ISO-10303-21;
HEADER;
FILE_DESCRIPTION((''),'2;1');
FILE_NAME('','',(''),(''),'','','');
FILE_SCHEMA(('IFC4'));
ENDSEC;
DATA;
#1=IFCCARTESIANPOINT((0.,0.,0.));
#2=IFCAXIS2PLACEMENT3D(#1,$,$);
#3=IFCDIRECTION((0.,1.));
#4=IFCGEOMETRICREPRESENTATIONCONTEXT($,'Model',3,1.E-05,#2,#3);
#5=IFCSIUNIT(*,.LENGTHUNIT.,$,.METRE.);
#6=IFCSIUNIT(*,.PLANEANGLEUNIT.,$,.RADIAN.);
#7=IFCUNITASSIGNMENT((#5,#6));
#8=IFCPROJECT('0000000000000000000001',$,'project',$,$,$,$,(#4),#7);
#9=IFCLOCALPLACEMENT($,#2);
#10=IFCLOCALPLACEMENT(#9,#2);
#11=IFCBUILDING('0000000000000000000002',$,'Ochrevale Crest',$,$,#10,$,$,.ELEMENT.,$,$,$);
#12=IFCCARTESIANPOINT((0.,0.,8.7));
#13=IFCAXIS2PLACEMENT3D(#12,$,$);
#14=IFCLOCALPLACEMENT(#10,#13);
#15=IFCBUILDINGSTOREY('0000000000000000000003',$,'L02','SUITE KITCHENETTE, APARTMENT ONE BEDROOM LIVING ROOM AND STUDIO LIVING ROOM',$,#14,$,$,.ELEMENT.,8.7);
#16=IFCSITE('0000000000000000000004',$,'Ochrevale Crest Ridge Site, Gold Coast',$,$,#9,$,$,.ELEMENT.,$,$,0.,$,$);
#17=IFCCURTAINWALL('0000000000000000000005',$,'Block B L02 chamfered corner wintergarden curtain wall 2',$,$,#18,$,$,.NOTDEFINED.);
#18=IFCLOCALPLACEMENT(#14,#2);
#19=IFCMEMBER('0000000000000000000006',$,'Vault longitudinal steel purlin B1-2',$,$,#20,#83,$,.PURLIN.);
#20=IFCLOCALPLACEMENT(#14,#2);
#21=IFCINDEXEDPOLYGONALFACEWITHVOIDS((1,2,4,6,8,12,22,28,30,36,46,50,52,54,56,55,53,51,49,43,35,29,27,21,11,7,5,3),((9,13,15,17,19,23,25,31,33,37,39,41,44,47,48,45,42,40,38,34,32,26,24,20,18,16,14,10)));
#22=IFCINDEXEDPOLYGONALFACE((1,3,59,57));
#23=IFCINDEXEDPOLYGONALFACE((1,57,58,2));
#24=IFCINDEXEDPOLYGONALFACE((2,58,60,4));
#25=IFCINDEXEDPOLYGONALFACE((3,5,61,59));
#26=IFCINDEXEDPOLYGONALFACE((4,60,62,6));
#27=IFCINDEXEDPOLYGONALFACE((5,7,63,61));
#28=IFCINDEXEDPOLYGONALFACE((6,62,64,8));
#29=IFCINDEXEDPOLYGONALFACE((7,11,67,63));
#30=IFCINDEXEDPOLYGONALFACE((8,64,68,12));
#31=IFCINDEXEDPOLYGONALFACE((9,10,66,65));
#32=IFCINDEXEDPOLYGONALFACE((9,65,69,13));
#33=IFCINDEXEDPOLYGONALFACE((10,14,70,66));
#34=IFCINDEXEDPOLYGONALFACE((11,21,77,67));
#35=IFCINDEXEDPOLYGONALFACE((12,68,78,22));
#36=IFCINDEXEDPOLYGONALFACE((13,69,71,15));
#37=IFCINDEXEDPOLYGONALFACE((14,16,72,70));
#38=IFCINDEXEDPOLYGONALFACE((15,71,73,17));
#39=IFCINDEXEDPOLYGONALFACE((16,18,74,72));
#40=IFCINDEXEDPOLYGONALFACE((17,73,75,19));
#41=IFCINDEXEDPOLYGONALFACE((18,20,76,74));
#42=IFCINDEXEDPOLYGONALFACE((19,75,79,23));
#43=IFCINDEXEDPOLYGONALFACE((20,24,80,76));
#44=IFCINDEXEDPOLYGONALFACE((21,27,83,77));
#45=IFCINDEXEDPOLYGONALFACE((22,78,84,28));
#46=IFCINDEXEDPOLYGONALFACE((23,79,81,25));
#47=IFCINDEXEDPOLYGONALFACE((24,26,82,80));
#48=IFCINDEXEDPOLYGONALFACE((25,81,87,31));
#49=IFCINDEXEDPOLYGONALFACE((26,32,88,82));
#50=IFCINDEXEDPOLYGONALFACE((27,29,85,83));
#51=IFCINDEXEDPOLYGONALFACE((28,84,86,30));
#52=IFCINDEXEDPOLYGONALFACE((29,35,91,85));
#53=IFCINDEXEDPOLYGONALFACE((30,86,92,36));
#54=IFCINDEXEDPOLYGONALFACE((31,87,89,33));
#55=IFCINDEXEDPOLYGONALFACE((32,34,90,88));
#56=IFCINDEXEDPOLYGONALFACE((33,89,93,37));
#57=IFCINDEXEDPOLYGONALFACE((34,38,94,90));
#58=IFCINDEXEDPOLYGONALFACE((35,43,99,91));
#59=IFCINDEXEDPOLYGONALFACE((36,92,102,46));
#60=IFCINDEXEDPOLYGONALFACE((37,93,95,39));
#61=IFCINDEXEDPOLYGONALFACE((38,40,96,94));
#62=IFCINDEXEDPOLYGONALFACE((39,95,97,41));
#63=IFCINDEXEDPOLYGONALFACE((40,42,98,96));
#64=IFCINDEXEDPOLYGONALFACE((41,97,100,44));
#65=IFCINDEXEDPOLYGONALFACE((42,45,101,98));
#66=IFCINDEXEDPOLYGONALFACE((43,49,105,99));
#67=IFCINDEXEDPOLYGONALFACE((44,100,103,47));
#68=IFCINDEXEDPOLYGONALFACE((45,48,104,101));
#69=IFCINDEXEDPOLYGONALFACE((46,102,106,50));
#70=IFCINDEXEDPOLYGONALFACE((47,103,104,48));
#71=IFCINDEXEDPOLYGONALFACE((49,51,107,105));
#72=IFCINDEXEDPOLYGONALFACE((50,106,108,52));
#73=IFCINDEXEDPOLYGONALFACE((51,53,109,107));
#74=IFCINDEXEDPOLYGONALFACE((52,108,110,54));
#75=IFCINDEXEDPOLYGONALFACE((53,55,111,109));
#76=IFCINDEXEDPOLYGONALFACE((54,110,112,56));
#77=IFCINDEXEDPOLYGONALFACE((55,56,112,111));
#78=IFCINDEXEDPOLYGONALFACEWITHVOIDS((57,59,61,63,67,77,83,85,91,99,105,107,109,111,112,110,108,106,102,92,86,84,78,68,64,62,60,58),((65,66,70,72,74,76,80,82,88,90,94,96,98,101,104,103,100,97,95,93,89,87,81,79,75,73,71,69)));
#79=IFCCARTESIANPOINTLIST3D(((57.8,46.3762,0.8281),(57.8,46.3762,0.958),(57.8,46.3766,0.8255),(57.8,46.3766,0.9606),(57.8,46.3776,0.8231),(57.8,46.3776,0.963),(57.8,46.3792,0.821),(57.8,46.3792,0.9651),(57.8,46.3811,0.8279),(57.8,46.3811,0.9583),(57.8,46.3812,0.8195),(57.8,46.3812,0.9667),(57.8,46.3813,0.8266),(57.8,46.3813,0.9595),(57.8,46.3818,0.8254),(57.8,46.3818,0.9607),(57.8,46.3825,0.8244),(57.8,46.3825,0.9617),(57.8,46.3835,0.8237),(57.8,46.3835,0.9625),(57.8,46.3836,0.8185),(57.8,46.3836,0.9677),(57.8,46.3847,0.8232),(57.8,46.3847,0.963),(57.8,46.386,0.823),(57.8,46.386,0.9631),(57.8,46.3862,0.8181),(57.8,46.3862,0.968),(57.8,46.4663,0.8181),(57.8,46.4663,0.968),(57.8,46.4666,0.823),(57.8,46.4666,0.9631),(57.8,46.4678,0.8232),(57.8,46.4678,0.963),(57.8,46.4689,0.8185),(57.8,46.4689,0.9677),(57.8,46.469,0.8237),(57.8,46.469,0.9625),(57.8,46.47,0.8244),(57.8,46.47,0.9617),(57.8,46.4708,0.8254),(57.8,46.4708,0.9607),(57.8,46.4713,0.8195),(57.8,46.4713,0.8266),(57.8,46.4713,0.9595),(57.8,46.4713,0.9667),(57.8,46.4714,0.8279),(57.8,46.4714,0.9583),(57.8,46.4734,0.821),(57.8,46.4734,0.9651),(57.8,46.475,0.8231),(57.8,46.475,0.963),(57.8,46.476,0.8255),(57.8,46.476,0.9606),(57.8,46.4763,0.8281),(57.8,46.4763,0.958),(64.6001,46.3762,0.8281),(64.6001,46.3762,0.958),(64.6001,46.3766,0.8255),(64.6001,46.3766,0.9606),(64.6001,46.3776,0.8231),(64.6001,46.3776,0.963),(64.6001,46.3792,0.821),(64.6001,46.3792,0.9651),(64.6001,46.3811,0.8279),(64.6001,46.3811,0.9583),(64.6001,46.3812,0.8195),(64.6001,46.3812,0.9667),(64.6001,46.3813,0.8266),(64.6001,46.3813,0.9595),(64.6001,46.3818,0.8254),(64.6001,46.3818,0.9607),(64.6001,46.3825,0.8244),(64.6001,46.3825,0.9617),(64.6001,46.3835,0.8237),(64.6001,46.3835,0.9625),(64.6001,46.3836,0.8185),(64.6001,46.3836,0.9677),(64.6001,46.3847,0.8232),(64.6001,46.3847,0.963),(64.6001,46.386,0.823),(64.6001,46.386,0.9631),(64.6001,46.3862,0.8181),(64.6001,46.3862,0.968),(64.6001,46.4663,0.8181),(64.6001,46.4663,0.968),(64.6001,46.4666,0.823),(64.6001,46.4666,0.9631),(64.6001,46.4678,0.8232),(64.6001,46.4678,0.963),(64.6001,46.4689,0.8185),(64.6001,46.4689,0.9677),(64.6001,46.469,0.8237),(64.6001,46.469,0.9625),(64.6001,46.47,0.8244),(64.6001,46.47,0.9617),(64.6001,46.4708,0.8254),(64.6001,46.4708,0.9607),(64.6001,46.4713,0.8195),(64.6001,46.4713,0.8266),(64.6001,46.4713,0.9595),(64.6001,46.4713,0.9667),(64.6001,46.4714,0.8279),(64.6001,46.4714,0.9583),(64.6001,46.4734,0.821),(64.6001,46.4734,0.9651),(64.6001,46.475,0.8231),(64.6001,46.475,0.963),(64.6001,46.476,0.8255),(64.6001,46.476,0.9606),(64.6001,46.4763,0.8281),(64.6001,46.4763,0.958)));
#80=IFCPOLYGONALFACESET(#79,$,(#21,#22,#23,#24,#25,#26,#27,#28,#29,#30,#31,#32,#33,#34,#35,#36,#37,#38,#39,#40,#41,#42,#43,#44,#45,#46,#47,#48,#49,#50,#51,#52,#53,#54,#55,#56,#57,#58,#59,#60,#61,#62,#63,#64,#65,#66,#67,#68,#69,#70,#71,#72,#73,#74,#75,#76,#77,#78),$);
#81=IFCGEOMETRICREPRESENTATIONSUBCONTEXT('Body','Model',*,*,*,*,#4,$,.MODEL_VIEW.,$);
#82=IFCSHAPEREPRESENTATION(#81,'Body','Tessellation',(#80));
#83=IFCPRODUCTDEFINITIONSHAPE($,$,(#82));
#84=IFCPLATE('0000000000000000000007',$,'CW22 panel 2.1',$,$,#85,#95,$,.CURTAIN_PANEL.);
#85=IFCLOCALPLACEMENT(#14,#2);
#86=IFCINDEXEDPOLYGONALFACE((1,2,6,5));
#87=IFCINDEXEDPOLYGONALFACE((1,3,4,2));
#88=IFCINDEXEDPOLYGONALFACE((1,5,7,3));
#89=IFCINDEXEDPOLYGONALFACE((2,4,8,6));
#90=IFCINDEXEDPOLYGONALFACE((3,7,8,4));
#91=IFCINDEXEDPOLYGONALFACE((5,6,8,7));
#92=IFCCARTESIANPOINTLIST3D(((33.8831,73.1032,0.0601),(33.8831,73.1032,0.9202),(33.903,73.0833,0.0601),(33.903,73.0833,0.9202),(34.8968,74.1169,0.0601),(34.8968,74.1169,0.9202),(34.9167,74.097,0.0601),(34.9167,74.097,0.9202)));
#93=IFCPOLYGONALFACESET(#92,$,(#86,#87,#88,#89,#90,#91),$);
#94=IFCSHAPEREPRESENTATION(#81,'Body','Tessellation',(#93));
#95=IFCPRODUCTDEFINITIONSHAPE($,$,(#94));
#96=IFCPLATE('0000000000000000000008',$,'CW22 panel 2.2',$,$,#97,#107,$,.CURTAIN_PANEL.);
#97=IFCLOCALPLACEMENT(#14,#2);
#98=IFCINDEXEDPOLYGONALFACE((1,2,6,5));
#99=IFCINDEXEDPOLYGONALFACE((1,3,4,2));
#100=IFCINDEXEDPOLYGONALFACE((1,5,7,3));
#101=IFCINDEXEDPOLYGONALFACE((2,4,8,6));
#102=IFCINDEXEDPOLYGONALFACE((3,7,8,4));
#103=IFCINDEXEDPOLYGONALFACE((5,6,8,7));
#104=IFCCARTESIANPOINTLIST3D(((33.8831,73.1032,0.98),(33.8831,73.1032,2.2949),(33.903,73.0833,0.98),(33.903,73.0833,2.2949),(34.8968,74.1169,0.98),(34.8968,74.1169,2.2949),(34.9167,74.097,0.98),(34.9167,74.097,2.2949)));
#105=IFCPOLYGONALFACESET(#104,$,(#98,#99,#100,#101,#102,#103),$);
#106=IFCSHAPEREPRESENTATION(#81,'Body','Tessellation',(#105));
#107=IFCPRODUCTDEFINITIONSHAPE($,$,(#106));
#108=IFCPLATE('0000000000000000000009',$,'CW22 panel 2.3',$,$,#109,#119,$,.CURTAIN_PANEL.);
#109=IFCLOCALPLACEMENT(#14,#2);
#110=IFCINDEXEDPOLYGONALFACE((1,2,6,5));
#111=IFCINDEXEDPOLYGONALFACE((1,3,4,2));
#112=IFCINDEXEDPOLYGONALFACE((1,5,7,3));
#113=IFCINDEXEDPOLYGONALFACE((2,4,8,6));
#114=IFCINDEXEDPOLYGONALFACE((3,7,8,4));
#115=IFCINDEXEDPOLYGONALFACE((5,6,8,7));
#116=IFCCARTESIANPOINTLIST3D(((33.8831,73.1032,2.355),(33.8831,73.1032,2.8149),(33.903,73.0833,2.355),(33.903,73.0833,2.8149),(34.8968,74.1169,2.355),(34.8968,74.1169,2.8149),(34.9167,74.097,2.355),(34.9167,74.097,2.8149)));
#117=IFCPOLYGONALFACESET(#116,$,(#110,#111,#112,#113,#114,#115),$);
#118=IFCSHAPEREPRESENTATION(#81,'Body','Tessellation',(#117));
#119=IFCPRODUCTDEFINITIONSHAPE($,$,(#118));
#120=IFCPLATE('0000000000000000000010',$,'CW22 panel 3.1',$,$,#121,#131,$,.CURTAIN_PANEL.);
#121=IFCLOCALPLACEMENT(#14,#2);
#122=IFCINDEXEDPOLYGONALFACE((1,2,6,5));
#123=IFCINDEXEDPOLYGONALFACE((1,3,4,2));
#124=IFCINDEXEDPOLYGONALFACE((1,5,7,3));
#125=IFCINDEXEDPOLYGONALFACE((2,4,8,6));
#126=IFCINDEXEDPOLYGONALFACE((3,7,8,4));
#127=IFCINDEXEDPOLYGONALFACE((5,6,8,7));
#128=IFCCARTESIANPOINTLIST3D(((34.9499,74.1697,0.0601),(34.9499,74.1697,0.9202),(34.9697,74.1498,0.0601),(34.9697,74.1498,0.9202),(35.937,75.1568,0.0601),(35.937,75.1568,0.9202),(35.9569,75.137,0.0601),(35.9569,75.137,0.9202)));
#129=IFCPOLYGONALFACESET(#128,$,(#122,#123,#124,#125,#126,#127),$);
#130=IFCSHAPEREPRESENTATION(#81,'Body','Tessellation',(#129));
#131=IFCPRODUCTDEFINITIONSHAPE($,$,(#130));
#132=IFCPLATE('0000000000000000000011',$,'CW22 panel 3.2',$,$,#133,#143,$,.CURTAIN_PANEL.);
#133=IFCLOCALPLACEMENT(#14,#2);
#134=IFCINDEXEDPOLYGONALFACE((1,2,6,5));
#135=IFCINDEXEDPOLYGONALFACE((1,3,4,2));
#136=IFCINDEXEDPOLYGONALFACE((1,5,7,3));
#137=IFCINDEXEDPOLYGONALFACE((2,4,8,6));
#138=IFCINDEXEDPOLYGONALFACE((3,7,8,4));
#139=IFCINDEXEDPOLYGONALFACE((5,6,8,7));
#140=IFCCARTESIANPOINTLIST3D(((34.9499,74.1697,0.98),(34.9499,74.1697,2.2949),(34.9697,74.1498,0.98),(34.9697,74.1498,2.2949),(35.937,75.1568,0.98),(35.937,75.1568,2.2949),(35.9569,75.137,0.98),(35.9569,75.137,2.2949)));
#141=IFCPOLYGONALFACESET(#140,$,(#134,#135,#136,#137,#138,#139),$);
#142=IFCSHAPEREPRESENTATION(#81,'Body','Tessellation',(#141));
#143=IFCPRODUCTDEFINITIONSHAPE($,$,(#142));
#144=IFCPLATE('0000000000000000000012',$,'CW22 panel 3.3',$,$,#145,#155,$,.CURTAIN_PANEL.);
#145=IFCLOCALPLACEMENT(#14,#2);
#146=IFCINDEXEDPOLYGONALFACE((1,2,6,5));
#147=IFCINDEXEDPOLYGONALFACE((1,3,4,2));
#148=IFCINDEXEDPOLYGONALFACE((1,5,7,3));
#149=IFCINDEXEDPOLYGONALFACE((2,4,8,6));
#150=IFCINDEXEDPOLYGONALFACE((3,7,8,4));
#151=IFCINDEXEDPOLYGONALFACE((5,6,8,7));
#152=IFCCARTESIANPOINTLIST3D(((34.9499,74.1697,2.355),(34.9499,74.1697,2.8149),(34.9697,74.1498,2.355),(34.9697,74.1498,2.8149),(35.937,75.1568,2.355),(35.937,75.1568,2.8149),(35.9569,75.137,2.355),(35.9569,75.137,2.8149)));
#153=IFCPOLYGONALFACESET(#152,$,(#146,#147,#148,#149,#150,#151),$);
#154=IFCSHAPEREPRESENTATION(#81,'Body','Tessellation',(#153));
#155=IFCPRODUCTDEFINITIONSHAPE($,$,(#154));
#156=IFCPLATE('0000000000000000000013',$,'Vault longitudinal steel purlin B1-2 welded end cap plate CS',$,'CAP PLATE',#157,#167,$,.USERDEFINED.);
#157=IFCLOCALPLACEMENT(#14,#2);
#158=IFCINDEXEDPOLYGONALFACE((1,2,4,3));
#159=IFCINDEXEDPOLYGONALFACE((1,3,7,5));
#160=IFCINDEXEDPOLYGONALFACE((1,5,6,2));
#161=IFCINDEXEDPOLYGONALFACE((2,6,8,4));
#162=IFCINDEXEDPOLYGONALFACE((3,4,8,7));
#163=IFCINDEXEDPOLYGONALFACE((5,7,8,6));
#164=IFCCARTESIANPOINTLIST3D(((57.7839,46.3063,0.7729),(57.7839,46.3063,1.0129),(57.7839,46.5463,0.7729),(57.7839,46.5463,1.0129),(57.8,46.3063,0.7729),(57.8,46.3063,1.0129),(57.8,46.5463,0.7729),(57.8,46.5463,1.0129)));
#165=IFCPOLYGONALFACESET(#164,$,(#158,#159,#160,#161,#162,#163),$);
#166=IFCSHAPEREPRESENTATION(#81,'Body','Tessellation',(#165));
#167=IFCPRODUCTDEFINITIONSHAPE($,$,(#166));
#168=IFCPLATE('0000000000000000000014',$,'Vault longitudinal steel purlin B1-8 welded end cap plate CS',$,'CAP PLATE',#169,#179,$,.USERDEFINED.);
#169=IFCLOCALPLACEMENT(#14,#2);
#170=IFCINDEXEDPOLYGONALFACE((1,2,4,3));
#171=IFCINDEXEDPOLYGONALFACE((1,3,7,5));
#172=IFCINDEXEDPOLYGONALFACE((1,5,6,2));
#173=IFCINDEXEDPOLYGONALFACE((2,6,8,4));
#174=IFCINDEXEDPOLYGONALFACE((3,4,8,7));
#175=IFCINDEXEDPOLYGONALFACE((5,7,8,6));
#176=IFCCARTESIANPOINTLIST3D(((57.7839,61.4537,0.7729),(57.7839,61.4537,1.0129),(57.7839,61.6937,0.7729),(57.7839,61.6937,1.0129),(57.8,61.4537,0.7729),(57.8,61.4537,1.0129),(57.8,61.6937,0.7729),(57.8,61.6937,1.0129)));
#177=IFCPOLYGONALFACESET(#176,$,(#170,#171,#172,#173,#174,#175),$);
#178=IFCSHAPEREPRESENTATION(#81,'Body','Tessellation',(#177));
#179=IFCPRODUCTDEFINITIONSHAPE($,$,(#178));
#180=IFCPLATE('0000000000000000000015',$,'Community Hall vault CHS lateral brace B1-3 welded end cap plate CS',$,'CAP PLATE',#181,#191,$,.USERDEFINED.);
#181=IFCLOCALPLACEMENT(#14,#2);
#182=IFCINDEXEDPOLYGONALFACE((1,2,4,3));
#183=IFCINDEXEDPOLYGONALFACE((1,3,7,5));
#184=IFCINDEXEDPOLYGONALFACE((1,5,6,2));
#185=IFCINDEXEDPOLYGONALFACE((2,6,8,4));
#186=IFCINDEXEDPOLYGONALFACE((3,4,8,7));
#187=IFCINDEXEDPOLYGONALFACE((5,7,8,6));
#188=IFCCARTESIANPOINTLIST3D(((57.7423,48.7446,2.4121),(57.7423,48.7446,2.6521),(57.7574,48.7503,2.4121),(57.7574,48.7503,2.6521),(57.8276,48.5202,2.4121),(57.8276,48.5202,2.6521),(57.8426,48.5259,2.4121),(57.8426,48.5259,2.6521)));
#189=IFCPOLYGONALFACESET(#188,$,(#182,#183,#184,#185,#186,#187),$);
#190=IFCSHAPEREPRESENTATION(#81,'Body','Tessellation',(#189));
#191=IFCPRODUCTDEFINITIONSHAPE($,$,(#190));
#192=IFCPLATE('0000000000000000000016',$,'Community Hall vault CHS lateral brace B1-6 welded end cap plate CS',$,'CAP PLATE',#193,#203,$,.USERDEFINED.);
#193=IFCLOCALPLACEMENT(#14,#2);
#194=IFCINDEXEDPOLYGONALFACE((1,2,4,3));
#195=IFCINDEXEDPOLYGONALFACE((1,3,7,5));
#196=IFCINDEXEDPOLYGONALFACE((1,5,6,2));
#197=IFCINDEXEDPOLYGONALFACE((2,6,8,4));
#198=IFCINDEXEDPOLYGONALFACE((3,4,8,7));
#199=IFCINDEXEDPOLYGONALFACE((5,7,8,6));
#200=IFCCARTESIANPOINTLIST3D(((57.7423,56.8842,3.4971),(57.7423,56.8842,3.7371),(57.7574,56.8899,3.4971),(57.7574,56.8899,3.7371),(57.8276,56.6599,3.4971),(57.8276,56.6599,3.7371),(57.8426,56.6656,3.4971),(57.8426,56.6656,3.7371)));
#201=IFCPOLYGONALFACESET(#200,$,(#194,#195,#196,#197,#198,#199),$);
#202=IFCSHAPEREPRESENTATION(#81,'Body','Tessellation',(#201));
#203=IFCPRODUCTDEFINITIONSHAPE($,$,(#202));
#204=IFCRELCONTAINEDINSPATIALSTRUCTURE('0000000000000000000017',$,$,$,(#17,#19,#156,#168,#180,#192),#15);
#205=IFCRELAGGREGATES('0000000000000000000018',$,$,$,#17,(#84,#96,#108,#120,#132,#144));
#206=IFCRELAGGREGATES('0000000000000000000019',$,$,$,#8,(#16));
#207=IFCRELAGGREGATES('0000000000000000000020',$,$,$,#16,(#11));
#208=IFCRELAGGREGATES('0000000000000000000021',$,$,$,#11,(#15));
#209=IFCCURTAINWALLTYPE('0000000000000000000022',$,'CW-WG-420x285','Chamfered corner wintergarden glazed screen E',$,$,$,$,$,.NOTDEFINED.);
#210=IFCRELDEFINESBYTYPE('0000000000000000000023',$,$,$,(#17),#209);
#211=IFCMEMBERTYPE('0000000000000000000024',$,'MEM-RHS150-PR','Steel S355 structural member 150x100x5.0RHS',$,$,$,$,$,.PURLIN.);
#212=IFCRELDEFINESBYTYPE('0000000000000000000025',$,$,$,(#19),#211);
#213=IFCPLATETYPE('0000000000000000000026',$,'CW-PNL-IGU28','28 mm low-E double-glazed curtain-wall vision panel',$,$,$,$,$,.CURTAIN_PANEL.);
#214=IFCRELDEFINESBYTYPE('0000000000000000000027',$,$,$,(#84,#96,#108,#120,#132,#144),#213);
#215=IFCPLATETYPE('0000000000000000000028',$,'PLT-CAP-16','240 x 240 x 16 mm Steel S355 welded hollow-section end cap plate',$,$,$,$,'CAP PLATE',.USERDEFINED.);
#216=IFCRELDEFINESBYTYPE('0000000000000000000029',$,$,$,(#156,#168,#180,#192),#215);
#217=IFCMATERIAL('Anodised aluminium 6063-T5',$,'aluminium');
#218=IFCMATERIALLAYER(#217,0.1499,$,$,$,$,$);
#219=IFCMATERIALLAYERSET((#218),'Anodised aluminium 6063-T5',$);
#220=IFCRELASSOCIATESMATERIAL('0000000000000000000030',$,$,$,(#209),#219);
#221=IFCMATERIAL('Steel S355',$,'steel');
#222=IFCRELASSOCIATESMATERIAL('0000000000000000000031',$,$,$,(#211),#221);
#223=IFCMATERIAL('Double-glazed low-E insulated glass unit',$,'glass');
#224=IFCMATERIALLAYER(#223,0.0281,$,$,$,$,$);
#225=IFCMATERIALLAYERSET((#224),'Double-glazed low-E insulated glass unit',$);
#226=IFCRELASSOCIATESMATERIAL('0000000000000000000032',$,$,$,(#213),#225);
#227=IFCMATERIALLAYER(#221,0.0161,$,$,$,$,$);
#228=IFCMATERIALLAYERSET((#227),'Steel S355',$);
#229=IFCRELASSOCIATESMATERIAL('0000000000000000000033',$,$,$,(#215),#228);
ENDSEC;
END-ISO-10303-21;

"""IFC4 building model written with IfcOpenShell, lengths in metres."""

from ifc_helpers import new_model, si_unit, direction, frame, origin, origin_2d, place, context, subcontext, project, spatial, rectangle, hollow_rectangle, extrude, material, layer, layer_set, material_profile, profile_set, type_object, element, aggregate, save


model = new_model("IFC4")

# Units and contexts
model_context = context("Model", 3, precision=1e-05, world=origin(), true_north=direction((0.0, 1.0)))
body_context = subcontext(model_context, "Body", "Model", "MODEL_VIEW")
ifc_project = project(units=[si_unit("LENGTHUNIT", "METRE"), si_unit("PLANEANGLEUNIT", "RADIAN")], contexts=[model_context])

# Site, building, storey
site_placement = place(None, origin())
site = spatial("IfcSite", under=ifc_project, at=site_placement, Name="Ochrevale Crest Ridge Site, Gold Coast", CompositionType="ELEMENT", RefElevation=0.0)
building_placement = place(site_placement, origin())
building = spatial("IfcBuilding", under=site, at=building_placement, Name="Ochrevale Crest", CompositionType="ELEMENT")
storey_placement = place(building_placement, frame((0.0, 0.0, 8.7)))
storey = spatial("IfcBuildingStorey", under=building, at=storey_placement, Name="L02", Description="SUITE KITCHENETTE, APARTMENT ONE BEDROOM LIVING ROOM AND STUDIO LIVING ROOM", CompositionType="ELEMENT", Elevation=8.7)

# Curtain wall
ifc_material_1 = material(Name="Anodised aluminium 6063-T5", Category="aluminium")
ifc_layer_1 = layer(ifc_material_1, 0.1499)
ifc_layer_set_1 = layer_set([ifc_layer_1], Name="Anodised aluminium 6063-T5")
curtain_wall_type = type_object("IfcCurtainWallType", Name="CW-WG-420x285", Description="Chamfered corner wintergarden glazed screen E", PredefinedType="NOTDEFINED", material=ifc_layer_set_1)
curtain_wall_placement = place(storey_placement, origin())
curtain_wall = element("IfcCurtainWall", 1, at=curtain_wall_placement, inside=storey, type_object=curtain_wall_type, Name="Block B L02 chamfered corner wintergarden curtain wall 2", PredefinedType="NOTDEFINED")

# Member
ifc_material_2 = material(Name="Steel S355", Category="steel")
ifc_material_profile_1 = material_profile(ifc_material_2, hollow_rectangle(XDim=0.1001, YDim=0.1499, WallThickness=0.0049, InnerFilletRadius=0.0049, OuterFilletRadius=0.01, at=origin_2d()), Name="150x100x5.0RHS")
ifc_profile_set_1 = profile_set([ifc_material_profile_1], Name="Steel S355")
member_type_1 = type_object("IfcMemberType", Name="MEM-RHS150-PR", Description="Steel S355 structural member 150x100x5.0RHS", PredefinedType="PURLIN", material=ifc_profile_set_1)
member_1_placement = place(storey_placement, frame((57.8, 46.4263, 0.8931), z_axis=(1.0, 0.0, 0.0), x_axis=(0.0, 1.0, 0.0)))
element("IfcMember", 2, at=member_1_placement, inside=storey, type_object=member_type_1, Name="Vault longitudinal steel purlin B1-2", PredefinedType="PURLIN", context=body_context, shape_type="SweptSolid", body=[
    extrude(hollow_rectangle(XDim=0.1001, YDim=0.1499, WallThickness=0.0049, InnerFilletRadius=0.0049, OuterFilletRadius=0.01, at=origin_2d()), origin(), (0.0, 0.0, 1.0), 6.8),
])

# Plates
ifc_material_3 = material(Name="Double-glazed low-E insulated glass unit", Category="glass")
ifc_layer_2 = layer(ifc_material_3, 0.0281)
ifc_layer_set_2 = layer_set([ifc_layer_2], Name="Double-glazed low-E insulated glass unit")
plate_type_1 = type_object("IfcPlateType", Name="CW-PNL-IGU28", Description="28 mm low-E double-glazed curtain-wall vision panel", PredefinedType="CURTAIN_PANEL", material=ifc_layer_set_2)
plate_1_placement = place(storey_placement, frame((34.3999, 73.6001, 0.0601), z_axis=(0.0, 0.0, 1.0), x_axis=(0.707107, 0.707107, 0.0)))
plate_1 = element("IfcPlate", 3, at=plate_1_placement, type_object=plate_type_1, Name="CW22 panel 2.1", PredefinedType="CURTAIN_PANEL", context=body_context, shape_type="SweptSolid", body=[
    extrude(rectangle(XDim=1.4336, YDim=0.0281, at=origin_2d()), origin(), (0.0, 0.0, 1.0), 0.8601),
])
plate_2_placement = place(storey_placement, frame((34.3999, 73.6001, 0.98), z_axis=(0.0, 0.0, 1.0), x_axis=(0.707107, 0.707107, 0.0)))
plate_2 = element("IfcPlate", 4, at=plate_2_placement, type_object=plate_type_1, Name="CW22 panel 2.2", PredefinedType="CURTAIN_PANEL", context=body_context, shape_type="SweptSolid", body=[
    extrude(rectangle(XDim=1.4336, YDim=0.0281, at=origin_2d()), origin(), (0.0, 0.0, 1.0), 1.3149),
])
plate_3_placement = place(storey_placement, frame((34.3999, 73.6001, 2.355), z_axis=(0.0, 0.0, 1.0), x_axis=(0.707107, 0.707107, 0.0)))
plate_3 = element("IfcPlate", 5, at=plate_3_placement, type_object=plate_type_1, Name="CW22 panel 2.3", PredefinedType="CURTAIN_PANEL", context=body_context, shape_type="SweptSolid", body=[
    extrude(rectangle(XDim=1.4336, YDim=0.0281, at=origin_2d()), origin(), (0.0, 0.0, 1.0), 0.46),
])
plate_4_placement = place(storey_placement, frame((35.4534, 74.6533, 0.0601), z_axis=(0.0, 0.0, 1.0), x_axis=(0.707107, 0.707107, 0.0)))
plate_4 = element("IfcPlate", 6, at=plate_4_placement, type_object=plate_type_1, Name="CW22 panel 3.1", PredefinedType="CURTAIN_PANEL", context=body_context, shape_type="SweptSolid", body=[
    extrude(rectangle(XDim=1.396, YDim=0.0281, at=origin_2d()), origin(), (0.0, 0.0, 1.0), 0.8601),
])
plate_5_placement = place(storey_placement, frame((35.4534, 74.6533, 0.98), z_axis=(0.0, 0.0, 1.0), x_axis=(0.707107, 0.707107, 0.0)))
plate_5 = element("IfcPlate", 7, at=plate_5_placement, type_object=plate_type_1, Name="CW22 panel 3.2", PredefinedType="CURTAIN_PANEL", context=body_context, shape_type="SweptSolid", body=[
    extrude(rectangle(XDim=1.396, YDim=0.0281, at=origin_2d()), origin(), (0.0, 0.0, 1.0), 1.3149),
])
plate_6_placement = place(storey_placement, frame((35.4534, 74.6533, 2.355), z_axis=(0.0, 0.0, 1.0), x_axis=(0.707107, 0.707107, 0.0)))
plate_6 = element("IfcPlate", 8, at=plate_6_placement, type_object=plate_type_1, Name="CW22 panel 3.3", PredefinedType="CURTAIN_PANEL", context=body_context, shape_type="SweptSolid", body=[
    extrude(rectangle(XDim=1.396, YDim=0.0281, at=origin_2d()), origin(), (0.0, 0.0, 1.0), 0.46),
])
aggregate(curtain_wall, [plate_1, plate_2, plate_3, plate_4, plate_5, plate_6])

# Plates
ifc_layer_3 = layer(ifc_material_2, 0.0161)
ifc_layer_set_3 = layer_set([ifc_layer_3], Name="Steel S355")
plate_type_2 = type_object("IfcPlateType", Name="PLT-CAP-16", Description="240 x 240 x 16 mm Steel S355 welded hollow-section end cap plate", ElementType="CAP PLATE", PredefinedType="USERDEFINED", material=ifc_layer_set_3)
for number, where, z_axis, x_axis, name in (
    (9, (57.792, 46.4263, 0.7729), (0.0, 0.0, 1.0), (1.0, 0.0, 0.0), "Vault longitudinal steel purlin B1-2 welded end cap plate CS"),
    (10, (57.792, 61.5737, 0.7729), (0.0, 0.0, 1.0), (1.0, 0.0, 0.0), "Vault longitudinal steel purlin B1-8 welded end cap plate CS"),
    (11, (57.7925, 48.6353, 2.4121), (0.0, 0.0, 1.0), (0.934764, 0.35527, 0.0), "Community Hall vault CHS lateral brace B1-3 welded end cap plate CS"),
    (12, (57.7925, 56.7749, 3.4971), (0.0, 0.0, 1.0), (0.934764, 0.35527, 0.0), "Community Hall vault CHS lateral brace B1-6 welded end cap plate CS"),
):
    element("IfcPlate", number, at=place(storey_placement, frame(where, z_axis=z_axis, x_axis=x_axis)), inside=storey, type_object=plate_type_2, Name=name, ObjectType="CAP PLATE", PredefinedType="USERDEFINED", context=body_context, shape_type="SweptSolid", body=[
        extrude(rectangle(XDim=0.0161, YDim=0.24, at=origin_2d()), origin(), (0.0, 0.0, 1.0), 0.24),
    ])

save(model, "model.ifc")
